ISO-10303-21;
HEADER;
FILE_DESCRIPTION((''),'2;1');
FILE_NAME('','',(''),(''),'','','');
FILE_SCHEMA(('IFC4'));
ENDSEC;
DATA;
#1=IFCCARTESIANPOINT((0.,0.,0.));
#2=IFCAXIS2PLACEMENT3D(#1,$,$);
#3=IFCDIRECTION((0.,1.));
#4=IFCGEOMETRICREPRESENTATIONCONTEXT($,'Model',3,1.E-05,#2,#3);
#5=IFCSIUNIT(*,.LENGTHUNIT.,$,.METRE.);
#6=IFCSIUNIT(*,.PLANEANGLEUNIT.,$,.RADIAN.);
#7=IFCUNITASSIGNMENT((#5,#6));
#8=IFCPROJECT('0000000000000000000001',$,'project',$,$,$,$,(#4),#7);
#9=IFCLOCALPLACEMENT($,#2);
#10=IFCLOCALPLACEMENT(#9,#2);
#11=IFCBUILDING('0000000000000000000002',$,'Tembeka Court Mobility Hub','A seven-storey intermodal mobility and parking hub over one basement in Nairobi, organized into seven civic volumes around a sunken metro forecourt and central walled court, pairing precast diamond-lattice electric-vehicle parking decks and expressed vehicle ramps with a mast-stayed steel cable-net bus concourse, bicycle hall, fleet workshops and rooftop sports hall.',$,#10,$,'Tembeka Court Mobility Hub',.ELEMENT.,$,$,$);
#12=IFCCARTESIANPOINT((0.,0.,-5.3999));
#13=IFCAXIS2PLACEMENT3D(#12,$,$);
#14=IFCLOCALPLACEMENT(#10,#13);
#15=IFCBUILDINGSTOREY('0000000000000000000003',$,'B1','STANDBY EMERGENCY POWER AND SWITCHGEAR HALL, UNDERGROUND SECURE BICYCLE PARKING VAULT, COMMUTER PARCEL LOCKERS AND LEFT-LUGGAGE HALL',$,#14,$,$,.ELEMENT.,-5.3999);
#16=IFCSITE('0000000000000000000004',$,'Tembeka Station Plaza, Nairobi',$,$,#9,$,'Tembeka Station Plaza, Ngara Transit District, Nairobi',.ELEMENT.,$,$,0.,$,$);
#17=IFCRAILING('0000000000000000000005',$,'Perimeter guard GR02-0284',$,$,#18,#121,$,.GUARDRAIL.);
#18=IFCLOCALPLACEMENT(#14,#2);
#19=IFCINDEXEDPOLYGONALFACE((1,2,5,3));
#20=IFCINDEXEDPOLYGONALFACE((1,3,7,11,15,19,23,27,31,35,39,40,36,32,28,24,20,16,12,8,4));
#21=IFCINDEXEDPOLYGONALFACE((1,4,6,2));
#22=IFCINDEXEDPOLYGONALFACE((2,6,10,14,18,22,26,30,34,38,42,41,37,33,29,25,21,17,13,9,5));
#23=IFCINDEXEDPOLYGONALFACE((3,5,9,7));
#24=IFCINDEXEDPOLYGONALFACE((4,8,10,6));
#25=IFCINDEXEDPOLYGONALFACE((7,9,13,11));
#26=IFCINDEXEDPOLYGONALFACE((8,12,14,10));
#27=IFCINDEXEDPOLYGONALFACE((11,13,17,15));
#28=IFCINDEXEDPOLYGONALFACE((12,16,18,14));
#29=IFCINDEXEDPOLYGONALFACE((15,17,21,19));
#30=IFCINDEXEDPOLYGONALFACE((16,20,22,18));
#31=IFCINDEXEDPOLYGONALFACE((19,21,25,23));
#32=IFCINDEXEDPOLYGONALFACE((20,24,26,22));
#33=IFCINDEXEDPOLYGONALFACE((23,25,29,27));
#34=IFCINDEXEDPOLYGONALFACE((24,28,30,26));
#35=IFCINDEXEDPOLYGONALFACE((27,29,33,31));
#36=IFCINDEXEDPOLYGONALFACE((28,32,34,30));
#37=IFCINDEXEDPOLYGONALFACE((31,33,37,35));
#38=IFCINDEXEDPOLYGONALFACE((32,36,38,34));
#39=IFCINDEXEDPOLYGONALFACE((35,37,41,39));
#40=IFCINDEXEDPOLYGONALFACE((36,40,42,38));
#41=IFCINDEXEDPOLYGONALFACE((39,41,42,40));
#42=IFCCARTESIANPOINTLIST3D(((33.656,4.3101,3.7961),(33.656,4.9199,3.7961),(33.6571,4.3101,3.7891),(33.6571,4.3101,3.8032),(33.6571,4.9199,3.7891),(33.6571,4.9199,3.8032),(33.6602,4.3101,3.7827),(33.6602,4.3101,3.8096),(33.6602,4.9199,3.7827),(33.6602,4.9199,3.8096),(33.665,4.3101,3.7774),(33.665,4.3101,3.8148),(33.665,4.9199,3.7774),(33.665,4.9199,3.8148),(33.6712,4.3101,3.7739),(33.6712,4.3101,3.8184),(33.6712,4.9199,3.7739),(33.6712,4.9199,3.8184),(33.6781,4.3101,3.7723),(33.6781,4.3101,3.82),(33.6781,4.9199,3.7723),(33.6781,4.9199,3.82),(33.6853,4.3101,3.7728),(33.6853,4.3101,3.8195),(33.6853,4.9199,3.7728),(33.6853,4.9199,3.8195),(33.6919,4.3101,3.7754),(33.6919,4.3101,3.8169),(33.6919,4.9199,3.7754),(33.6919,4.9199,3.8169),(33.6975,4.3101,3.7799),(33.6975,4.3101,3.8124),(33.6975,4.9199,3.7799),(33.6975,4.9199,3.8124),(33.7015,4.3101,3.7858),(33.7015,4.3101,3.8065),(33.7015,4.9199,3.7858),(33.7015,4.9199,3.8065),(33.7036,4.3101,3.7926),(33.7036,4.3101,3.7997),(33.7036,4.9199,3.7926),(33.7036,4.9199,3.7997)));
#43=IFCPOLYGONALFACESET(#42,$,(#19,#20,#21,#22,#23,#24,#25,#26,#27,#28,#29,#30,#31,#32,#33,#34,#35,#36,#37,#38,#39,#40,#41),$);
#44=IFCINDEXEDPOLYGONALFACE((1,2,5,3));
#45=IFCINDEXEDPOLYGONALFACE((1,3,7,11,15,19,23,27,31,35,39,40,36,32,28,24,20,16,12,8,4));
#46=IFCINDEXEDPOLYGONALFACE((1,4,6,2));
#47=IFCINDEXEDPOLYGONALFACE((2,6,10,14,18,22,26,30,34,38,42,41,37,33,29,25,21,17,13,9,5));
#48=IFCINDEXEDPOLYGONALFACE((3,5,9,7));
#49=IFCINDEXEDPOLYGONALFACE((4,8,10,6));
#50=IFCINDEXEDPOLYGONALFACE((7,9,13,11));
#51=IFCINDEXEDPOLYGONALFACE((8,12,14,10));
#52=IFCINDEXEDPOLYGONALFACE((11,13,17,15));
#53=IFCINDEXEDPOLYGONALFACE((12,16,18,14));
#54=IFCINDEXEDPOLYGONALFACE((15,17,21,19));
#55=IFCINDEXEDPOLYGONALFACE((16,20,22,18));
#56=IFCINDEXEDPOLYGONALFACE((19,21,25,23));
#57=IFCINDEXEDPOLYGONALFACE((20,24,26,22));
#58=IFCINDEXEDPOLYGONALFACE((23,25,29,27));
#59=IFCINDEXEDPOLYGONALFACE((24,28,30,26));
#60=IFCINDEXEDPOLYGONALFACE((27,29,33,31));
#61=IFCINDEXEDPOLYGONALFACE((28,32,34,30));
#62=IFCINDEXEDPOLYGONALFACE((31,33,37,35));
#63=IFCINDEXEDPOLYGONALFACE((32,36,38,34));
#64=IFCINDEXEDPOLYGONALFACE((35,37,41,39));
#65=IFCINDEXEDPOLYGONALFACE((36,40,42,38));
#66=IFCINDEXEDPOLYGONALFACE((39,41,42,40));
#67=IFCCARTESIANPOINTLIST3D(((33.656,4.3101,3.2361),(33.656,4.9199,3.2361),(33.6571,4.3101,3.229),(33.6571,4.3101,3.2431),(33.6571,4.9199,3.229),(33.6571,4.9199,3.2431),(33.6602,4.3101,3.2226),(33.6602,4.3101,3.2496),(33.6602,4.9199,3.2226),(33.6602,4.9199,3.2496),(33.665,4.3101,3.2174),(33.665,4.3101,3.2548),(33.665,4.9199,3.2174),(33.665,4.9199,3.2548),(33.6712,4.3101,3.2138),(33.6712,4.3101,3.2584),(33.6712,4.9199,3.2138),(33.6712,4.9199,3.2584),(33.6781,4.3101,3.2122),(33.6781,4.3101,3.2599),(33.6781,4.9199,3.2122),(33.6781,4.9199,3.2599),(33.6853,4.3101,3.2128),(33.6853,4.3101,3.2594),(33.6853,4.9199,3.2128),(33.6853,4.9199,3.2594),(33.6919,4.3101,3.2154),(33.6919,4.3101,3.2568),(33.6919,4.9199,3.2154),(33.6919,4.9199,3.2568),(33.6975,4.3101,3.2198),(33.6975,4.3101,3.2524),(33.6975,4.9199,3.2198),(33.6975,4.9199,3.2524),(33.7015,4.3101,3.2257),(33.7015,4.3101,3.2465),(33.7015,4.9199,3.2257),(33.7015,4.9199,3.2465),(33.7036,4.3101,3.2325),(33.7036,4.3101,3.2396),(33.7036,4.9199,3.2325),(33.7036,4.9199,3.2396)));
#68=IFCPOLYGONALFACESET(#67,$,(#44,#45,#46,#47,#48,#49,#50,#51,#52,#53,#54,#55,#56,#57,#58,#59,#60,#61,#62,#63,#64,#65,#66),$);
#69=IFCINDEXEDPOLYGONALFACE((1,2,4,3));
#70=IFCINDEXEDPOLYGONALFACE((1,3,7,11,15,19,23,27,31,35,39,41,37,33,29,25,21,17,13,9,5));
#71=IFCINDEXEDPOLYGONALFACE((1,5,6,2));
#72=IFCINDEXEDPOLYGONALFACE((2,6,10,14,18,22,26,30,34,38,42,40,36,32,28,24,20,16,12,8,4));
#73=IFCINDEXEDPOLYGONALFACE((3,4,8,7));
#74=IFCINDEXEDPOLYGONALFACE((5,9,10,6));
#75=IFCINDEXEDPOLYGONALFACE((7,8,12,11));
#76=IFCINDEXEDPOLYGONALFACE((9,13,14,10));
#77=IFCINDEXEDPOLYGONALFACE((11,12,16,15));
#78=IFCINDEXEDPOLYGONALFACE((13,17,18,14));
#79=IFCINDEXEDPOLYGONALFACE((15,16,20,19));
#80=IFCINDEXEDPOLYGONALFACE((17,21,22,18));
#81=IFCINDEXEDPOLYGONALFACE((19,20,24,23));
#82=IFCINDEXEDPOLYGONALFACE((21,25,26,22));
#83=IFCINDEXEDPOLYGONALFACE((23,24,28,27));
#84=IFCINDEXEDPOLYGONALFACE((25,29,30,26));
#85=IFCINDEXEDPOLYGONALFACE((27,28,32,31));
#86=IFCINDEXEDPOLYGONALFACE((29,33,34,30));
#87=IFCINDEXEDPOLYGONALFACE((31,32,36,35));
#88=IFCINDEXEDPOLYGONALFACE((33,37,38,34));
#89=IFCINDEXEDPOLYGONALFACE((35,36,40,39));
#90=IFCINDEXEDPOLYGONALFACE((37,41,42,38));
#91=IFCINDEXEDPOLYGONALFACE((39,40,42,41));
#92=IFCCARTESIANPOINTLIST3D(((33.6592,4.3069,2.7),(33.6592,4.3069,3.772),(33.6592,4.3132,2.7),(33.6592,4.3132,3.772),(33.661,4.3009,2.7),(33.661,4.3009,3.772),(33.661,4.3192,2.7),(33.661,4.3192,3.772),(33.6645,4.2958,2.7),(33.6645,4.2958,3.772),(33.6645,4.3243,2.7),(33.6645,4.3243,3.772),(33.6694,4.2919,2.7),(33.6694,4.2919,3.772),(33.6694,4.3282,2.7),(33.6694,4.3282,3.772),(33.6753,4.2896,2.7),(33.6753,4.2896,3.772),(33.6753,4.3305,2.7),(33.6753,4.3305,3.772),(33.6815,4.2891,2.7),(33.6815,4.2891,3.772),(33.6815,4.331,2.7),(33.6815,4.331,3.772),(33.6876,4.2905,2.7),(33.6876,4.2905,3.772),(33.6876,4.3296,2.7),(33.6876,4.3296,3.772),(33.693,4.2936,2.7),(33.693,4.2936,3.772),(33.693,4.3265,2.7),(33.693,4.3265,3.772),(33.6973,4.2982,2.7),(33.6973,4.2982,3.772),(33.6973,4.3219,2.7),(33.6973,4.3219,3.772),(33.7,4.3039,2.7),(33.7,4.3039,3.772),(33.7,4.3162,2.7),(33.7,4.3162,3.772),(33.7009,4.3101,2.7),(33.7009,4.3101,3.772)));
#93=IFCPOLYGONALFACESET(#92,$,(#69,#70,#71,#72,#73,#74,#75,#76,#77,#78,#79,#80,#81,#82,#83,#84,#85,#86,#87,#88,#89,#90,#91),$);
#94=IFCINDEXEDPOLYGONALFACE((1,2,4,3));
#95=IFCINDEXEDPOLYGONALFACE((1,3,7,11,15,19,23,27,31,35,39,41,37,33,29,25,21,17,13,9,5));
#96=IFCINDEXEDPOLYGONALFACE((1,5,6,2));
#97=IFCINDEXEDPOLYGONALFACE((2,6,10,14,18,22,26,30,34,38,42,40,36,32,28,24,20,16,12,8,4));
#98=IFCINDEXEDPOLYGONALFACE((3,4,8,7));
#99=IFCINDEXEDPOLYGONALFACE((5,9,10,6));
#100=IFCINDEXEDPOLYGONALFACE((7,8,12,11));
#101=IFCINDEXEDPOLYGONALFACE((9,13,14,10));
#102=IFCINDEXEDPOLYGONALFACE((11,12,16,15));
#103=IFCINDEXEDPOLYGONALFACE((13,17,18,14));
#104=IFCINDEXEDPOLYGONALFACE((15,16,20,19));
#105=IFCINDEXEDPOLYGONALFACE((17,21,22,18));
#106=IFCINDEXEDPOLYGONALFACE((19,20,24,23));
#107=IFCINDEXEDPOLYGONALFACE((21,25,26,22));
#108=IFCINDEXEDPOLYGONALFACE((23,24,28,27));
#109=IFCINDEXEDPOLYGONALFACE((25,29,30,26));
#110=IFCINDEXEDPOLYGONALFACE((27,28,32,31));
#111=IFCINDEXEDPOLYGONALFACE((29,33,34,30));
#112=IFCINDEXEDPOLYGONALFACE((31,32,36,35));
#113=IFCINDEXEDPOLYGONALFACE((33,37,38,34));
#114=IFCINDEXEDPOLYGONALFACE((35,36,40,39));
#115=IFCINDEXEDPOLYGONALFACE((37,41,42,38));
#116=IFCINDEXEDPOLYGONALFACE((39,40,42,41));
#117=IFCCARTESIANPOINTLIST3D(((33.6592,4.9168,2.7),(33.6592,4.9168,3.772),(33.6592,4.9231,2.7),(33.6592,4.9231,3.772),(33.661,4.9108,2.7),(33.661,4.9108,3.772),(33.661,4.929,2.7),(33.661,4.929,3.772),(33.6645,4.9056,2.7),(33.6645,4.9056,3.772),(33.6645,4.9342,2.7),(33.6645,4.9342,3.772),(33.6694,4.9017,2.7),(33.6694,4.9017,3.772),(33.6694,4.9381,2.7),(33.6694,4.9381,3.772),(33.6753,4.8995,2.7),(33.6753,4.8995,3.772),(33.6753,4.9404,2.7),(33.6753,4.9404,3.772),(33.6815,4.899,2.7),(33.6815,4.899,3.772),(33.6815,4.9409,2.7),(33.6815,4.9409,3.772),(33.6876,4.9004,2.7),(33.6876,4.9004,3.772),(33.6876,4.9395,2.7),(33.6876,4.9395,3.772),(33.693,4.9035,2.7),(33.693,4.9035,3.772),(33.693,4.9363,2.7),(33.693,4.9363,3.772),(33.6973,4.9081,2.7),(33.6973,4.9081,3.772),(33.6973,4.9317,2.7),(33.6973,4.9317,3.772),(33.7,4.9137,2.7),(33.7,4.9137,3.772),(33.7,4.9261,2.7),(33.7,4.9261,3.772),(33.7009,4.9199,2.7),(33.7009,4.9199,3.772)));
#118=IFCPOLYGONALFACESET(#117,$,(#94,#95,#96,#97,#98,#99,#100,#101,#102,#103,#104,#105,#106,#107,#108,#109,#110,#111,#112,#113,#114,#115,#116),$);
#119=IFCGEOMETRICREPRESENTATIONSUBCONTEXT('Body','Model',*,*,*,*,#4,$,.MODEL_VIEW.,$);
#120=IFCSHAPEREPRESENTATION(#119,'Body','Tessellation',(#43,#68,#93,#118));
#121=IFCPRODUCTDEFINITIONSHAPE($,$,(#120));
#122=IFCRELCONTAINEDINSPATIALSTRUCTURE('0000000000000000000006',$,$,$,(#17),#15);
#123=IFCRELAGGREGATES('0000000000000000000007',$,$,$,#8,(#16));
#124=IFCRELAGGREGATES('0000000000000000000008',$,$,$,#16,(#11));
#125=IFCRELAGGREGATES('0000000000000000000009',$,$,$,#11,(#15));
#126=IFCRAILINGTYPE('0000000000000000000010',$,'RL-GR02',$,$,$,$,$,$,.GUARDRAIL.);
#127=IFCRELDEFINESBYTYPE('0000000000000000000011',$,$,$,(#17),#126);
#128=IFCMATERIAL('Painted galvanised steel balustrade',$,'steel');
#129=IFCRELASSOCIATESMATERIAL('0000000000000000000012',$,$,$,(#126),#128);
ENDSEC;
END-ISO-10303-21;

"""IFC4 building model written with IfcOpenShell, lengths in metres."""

from ifc_helpers import new_model, si_unit, direction, frame, origin, origin_2d, place, context, subcontext, project, spatial, circle, extrude, material, type_object, element, save


model = new_model("IFC4")

# Units and contexts
model_context = context("Model", 3, precision=1e-05, world=origin(), true_north=direction((0.0, 1.0)))
body_context = subcontext(model_context, "Body", "Model", "MODEL_VIEW")
ifc_project = project(units=[si_unit("LENGTHUNIT", "METRE"), si_unit("PLANEANGLEUNIT", "RADIAN")], contexts=[model_context])

# Site, building, storey
site_placement = place(None, origin())
site = spatial("IfcSite", under=ifc_project, at=site_placement, Name="Tembeka Station Plaza, Nairobi", LongName="Tembeka Station Plaza, Ngara Transit District, Nairobi", CompositionType="ELEMENT", RefElevation=0.0)
building_placement = place(site_placement, origin())
building = spatial("IfcBuilding", under=site, at=building_placement, Name="Tembeka Court Mobility Hub", Description="A seven-storey intermodal mobility and parking hub over one basement in Nairobi, organized into seven civic volumes around a sunken metro forecourt and central walled court, pairing precast diamond-lattice electric-vehicle parking decks and expressed vehicle ramps with a mast-stayed steel cable-net bus concourse, bicycle hall, fleet workshops and rooftop sports hall.", LongName="Tembeka Court Mobility Hub", CompositionType="ELEMENT")
storey_placement = place(building_placement, frame((0.0, 0.0, -5.3999)))
storey = spatial("IfcBuildingStorey", under=building, at=storey_placement, Name="B1", Description="STANDBY EMERGENCY POWER AND SWITCHGEAR HALL, UNDERGROUND SECURE BICYCLE PARKING VAULT, COMMUTER PARCEL LOCKERS AND LEFT-LUGGAGE HALL", CompositionType="ELEMENT", Elevation=-5.3999)

# Railing
ifc_material_1 = material(Name="Painted galvanised steel balustrade", Category="steel")
railing_type = type_object("IfcRailingType", Name="RL-GR02", PredefinedType="GUARDRAIL", material=ifc_material_1)
railing_1_placement = place(storey_placement, frame((33.6799, 4.3101, 2.7)))
element("IfcRailing", 1, at=railing_1_placement, inside=storey, type_object=railing_type, Name="Perimeter guard GR02-0284", PredefinedType="GUARDRAIL", context=body_context, shape_type="SweptSolid", body=[
    extrude(circle(Radius=0.0239, at=origin_2d()), frame((0.0, 0.0, 1.0962), z_axis=(0.0, 1.0, 0.0), x_axis=(-1.0, 0.0, 0.0)), (0.0, 0.0, 1.0), 0.6099),
    extrude(circle(Radius=0.0239, at=origin_2d()), frame((0.0, 0.0, 0.5361), z_axis=(0.0, 1.0, 0.0), x_axis=(-1.0, 0.0, 0.0)), (0.0, 0.0, 1.0), 0.6099),
    extrude(circle(Radius=0.021, at=origin_2d()), origin(), (0.0, 0.0, 1.0), 1.072),
    extrude(circle(Radius=0.021, at=origin_2d()), frame((0.0, 0.6099, 0.0)), (0.0, 0.0, 1.0), 1.072),
])

save(model, "model.ifc")
